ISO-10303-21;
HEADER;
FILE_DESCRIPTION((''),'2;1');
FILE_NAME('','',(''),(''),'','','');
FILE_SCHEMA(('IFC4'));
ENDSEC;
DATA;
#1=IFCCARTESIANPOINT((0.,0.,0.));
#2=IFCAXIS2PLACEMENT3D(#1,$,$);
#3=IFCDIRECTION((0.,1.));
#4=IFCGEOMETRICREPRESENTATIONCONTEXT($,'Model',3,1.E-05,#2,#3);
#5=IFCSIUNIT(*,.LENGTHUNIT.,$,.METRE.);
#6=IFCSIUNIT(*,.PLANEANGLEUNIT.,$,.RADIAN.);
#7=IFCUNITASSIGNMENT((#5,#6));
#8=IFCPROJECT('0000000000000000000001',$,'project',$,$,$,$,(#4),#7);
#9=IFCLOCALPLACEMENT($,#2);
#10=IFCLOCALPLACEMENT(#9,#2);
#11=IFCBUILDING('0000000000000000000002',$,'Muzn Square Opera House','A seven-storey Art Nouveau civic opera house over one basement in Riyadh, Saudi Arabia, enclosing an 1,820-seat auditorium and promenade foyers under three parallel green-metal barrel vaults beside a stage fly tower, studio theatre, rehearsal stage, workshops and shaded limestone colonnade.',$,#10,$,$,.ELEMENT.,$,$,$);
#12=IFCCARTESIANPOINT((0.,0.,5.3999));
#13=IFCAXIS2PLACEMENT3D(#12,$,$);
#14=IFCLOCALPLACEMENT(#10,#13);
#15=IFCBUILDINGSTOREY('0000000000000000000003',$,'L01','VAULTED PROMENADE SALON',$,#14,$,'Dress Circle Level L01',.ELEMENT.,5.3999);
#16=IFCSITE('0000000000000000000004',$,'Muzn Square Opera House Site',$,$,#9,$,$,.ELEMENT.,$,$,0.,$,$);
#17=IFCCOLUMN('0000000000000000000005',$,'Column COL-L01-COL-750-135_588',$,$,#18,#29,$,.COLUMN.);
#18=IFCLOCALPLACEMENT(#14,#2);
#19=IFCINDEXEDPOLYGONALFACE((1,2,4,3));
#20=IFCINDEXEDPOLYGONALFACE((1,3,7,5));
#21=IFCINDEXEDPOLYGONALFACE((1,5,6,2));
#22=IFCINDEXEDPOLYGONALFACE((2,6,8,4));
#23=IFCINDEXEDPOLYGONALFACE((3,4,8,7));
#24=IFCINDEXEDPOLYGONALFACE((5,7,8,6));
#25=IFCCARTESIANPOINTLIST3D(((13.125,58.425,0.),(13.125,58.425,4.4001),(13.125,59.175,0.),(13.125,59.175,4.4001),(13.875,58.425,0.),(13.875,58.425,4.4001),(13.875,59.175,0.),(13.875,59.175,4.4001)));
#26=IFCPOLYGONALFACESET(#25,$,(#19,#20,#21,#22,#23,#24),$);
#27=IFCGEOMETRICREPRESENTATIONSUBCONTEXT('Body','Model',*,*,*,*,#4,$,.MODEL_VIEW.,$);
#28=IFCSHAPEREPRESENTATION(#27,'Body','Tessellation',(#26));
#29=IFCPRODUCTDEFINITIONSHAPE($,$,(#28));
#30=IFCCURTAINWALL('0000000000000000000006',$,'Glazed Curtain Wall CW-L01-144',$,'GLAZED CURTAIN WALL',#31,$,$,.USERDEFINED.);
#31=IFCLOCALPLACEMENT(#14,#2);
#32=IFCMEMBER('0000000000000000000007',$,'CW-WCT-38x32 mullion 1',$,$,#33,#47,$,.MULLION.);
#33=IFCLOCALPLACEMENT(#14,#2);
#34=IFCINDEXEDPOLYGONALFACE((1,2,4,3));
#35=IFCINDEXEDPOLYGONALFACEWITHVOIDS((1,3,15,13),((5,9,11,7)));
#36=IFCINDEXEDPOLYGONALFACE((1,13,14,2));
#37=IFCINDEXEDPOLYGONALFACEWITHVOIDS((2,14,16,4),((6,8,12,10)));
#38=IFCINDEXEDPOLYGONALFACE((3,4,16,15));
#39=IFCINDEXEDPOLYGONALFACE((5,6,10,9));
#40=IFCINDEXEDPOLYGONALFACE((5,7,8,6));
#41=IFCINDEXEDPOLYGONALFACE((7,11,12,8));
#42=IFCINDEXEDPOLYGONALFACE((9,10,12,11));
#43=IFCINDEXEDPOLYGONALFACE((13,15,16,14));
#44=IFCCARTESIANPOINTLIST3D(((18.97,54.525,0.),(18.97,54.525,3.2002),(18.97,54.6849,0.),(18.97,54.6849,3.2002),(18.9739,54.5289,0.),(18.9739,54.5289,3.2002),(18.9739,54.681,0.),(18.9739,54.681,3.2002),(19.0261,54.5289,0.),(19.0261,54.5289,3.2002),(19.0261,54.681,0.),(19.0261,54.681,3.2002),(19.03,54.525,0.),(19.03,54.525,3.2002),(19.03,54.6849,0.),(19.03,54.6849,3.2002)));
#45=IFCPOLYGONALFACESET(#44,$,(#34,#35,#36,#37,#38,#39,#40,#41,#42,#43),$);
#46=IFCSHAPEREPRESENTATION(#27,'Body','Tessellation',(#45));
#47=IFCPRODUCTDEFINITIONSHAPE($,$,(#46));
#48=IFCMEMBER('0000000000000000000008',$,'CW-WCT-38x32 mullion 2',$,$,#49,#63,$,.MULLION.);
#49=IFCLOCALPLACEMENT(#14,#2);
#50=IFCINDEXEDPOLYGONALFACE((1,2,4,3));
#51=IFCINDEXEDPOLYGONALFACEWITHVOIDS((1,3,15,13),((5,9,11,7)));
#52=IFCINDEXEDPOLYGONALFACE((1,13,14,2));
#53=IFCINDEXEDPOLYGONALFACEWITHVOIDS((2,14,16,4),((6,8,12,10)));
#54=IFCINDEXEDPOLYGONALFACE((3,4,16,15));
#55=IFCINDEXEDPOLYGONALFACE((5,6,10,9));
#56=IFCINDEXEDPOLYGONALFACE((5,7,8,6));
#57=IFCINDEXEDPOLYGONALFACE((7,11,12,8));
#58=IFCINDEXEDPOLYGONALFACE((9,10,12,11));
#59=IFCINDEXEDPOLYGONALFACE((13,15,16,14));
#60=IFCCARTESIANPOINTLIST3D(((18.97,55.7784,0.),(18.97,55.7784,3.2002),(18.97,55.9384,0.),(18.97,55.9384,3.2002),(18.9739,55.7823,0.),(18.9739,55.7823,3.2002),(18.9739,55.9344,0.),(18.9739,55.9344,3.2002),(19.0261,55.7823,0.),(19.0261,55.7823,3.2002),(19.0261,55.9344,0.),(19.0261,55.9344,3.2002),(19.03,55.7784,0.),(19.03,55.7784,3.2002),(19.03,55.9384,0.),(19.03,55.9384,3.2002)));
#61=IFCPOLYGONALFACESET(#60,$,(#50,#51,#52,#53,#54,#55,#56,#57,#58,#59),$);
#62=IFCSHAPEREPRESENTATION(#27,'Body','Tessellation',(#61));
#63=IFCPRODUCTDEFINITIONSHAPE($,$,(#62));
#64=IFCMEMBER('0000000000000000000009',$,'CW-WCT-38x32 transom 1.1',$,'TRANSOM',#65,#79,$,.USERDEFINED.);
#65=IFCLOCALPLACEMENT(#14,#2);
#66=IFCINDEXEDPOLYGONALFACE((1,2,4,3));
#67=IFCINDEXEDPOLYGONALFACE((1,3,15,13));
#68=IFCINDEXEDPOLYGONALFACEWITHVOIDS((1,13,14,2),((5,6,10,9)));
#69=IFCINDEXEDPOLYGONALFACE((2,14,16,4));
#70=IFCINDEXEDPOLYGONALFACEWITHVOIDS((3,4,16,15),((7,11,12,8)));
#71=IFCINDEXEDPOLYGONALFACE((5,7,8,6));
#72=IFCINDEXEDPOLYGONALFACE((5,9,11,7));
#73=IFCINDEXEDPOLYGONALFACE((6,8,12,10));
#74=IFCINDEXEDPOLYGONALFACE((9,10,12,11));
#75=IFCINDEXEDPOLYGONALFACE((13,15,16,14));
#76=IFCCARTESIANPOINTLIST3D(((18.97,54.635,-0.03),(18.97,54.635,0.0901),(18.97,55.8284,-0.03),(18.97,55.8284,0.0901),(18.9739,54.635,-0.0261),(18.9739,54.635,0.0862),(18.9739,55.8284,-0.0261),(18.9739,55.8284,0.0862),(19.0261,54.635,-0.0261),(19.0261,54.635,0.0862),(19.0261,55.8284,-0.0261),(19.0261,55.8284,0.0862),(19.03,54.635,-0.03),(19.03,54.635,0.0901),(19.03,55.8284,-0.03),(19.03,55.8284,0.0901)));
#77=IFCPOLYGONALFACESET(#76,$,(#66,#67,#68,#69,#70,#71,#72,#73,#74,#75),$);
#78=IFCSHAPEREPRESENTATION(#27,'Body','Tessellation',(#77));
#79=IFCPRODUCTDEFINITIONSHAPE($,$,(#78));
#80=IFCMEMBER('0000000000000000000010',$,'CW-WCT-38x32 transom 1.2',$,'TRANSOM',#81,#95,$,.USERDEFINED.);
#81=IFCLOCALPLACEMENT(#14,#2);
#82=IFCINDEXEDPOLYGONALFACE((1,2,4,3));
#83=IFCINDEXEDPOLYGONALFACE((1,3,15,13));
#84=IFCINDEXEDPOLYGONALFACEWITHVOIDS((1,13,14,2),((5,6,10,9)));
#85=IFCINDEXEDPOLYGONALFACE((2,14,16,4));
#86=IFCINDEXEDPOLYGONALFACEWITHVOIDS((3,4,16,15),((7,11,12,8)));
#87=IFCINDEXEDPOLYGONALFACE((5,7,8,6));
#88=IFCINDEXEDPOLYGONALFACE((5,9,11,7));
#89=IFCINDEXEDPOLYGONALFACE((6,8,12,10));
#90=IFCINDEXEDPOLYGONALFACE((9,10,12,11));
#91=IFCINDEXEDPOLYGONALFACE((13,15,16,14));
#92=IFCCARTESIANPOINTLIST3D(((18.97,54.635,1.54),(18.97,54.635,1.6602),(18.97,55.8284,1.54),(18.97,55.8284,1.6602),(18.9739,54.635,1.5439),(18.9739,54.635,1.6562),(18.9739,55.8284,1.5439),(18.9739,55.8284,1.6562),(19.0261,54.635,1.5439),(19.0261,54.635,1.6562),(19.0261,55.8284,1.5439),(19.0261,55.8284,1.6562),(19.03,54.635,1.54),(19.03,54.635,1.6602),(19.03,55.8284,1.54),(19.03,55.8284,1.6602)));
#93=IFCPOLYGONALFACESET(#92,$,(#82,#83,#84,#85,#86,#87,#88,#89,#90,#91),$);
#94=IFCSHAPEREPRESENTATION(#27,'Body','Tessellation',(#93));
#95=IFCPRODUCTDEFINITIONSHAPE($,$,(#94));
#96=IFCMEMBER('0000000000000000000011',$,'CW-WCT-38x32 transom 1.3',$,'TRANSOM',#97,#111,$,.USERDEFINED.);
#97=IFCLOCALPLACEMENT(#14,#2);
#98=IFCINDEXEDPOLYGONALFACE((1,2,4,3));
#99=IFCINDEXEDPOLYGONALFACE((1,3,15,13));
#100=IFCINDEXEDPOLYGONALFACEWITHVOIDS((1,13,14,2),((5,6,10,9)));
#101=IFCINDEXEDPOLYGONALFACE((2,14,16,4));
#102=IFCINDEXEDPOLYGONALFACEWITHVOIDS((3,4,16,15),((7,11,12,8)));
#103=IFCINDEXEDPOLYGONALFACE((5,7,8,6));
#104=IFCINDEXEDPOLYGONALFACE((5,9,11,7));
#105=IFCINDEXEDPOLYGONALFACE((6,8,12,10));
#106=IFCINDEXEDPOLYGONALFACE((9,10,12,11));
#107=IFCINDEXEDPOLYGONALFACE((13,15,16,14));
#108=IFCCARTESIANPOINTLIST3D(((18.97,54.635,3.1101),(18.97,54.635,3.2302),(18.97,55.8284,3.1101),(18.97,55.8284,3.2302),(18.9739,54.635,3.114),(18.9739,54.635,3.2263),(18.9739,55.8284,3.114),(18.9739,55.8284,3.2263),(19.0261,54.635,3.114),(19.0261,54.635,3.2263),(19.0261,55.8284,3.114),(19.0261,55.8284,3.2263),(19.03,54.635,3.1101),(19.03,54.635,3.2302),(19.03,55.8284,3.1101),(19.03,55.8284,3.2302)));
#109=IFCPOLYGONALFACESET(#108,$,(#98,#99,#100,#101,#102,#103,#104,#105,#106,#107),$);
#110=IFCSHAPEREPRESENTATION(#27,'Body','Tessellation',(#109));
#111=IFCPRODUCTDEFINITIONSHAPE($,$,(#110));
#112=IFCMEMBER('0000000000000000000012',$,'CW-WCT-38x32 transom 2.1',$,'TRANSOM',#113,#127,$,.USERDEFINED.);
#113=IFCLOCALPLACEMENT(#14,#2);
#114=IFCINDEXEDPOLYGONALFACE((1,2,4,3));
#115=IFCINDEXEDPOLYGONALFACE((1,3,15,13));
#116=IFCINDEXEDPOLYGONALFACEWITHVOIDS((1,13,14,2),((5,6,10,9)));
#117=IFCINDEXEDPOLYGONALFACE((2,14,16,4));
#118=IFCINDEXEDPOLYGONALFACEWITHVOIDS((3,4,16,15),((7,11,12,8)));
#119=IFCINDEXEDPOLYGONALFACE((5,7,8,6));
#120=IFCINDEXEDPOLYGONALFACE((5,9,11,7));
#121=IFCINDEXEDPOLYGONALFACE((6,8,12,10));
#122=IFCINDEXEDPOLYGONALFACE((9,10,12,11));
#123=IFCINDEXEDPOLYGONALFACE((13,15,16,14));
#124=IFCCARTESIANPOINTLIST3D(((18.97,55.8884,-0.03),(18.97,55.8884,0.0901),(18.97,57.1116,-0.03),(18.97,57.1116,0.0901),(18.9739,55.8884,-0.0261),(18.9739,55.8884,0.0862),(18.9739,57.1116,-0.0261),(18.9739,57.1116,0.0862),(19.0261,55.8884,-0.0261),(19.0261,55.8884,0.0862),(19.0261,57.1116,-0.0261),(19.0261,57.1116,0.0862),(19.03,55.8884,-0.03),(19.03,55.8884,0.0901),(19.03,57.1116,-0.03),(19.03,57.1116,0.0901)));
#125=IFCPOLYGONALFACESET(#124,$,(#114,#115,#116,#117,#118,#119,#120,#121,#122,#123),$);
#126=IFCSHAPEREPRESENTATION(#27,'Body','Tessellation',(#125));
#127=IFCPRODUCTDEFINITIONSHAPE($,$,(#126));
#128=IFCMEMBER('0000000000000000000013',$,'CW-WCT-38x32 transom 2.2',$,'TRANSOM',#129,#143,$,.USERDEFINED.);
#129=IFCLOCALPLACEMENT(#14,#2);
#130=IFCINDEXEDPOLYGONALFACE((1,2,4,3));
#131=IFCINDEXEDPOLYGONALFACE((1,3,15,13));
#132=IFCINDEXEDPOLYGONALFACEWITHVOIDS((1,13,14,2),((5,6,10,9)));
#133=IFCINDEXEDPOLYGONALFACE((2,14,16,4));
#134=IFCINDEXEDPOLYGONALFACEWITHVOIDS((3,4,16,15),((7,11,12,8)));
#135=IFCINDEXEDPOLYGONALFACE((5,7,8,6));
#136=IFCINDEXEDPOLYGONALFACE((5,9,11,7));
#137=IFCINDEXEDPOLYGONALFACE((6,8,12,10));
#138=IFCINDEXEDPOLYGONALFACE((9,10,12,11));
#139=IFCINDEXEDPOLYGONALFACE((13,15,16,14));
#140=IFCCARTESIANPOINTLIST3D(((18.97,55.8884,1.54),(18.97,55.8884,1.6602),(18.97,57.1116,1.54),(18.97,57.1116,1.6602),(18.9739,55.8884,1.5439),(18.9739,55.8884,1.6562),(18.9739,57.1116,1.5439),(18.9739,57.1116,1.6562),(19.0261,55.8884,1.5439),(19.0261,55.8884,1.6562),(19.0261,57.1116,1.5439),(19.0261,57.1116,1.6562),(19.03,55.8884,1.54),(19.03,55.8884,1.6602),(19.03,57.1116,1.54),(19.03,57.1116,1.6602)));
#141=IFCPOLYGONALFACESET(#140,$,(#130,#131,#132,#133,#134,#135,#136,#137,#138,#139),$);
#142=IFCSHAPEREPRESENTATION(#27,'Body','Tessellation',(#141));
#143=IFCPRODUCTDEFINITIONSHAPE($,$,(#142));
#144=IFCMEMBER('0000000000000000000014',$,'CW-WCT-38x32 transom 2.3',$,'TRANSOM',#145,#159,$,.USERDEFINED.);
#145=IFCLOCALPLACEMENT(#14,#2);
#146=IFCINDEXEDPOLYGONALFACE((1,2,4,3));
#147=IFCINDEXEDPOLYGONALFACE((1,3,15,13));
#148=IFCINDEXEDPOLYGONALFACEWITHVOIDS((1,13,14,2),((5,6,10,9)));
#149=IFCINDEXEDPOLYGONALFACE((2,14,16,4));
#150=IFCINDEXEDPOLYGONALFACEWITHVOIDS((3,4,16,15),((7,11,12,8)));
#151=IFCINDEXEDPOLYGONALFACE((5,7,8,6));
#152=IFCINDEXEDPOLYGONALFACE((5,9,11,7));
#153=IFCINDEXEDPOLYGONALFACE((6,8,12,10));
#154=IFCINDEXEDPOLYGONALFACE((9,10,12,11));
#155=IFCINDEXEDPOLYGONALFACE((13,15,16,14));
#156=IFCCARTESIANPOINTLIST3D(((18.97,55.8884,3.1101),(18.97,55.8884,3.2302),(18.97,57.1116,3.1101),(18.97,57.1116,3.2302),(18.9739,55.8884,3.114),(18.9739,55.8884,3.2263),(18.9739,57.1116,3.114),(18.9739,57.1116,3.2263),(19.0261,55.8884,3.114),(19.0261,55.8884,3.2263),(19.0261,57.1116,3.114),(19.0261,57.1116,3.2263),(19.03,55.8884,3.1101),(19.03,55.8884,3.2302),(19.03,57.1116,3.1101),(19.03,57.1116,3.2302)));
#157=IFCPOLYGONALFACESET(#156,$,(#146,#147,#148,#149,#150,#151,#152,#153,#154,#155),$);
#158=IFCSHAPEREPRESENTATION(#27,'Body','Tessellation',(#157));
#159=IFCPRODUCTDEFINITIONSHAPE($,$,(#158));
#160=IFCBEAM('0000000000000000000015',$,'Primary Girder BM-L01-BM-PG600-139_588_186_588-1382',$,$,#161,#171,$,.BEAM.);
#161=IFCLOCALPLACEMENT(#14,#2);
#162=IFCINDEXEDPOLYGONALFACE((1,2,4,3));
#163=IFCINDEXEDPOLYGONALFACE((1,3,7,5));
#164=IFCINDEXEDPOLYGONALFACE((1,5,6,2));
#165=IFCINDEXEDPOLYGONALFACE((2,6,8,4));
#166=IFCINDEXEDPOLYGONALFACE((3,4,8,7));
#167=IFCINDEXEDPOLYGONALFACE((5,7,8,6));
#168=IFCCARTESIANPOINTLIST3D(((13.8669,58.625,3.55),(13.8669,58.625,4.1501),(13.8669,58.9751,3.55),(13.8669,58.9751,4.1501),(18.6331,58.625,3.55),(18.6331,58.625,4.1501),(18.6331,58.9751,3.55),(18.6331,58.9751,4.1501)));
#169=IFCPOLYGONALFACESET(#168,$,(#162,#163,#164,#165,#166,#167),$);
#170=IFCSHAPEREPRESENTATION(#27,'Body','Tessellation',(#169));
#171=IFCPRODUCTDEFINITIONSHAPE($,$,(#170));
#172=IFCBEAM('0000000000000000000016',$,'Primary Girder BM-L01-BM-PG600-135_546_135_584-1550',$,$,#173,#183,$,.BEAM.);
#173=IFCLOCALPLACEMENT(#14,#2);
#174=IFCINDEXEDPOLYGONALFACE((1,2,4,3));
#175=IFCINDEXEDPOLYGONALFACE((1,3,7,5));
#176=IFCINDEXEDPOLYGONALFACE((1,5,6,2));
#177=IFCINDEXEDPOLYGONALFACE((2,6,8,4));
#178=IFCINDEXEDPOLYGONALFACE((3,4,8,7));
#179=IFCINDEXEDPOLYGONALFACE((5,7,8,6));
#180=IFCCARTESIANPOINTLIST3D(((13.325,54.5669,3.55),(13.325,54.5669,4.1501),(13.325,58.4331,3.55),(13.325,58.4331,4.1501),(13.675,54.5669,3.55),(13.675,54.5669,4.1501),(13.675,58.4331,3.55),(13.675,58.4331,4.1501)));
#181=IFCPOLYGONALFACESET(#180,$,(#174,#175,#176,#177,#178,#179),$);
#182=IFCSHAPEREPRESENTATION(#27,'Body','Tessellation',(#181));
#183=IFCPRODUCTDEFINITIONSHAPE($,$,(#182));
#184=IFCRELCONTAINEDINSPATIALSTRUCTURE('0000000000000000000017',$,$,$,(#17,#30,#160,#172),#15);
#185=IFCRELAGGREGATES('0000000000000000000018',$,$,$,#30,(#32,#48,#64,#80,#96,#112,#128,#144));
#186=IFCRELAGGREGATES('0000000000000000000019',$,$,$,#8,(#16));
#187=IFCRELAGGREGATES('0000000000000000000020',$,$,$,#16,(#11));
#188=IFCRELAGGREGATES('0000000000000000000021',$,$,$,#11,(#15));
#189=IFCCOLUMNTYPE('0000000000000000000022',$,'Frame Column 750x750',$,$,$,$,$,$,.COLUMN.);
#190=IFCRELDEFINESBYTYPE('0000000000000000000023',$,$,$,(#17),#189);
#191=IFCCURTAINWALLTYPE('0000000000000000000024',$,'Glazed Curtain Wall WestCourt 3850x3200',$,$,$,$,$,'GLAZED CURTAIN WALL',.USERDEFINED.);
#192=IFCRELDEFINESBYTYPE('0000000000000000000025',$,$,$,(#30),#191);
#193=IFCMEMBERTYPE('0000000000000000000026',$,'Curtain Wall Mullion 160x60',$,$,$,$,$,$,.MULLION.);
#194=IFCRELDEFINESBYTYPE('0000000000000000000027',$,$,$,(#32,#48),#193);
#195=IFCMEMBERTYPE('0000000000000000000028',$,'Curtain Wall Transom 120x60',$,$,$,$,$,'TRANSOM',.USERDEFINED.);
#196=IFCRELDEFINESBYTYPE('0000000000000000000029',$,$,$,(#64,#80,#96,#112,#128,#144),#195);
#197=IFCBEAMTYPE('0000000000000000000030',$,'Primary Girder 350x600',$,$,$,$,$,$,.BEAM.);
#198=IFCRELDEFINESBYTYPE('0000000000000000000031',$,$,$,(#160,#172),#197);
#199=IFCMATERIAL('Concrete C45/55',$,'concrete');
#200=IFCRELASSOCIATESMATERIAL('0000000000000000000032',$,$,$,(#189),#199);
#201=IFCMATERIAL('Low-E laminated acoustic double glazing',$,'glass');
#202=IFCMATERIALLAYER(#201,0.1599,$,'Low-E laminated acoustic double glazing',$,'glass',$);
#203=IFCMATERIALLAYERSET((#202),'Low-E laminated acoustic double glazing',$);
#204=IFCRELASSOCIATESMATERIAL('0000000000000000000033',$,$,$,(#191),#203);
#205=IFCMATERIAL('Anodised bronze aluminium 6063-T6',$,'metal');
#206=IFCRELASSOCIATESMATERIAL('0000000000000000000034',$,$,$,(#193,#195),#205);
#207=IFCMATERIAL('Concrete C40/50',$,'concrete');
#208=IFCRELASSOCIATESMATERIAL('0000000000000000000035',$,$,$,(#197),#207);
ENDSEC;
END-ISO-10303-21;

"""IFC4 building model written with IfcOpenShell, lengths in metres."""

from ifc_helpers import new_model, si_unit, direction, frame, origin, origin_2d, place, context, subcontext, project, spatial, rectangle, hollow_rectangle, extrude, material, layer, layer_set, material_profile, profile_set, type_object, element, aggregate, save


model = new_model("IFC4")

# Units and contexts
model_context = context("Model", 3, precision=1e-05, world=origin(), true_north=direction((0.0, 1.0)))
body_context = subcontext(model_context, "Body", "Model", "MODEL_VIEW")
ifc_project = project(units=[si_unit("LENGTHUNIT", "METRE"), si_unit("PLANEANGLEUNIT", "RADIAN")], contexts=[model_context])

# Site, building, storey
site_placement = place(None, origin())
site = spatial("IfcSite", under=ifc_project, at=site_placement, Name="Muzn Square Opera House Site", CompositionType="ELEMENT", RefElevation=0.0)
building_placement = place(site_placement, origin())
building = spatial("IfcBuilding", under=site, at=building_placement, Name="Muzn Square Opera House", Description="A seven-storey Art Nouveau civic opera house over one basement in Riyadh, Saudi Arabia, enclosing an 1,820-seat auditorium and promenade foyers under three parallel green-metal barrel vaults beside a stage fly tower, studio theatre, rehearsal stage, workshops and shaded limestone colonnade.", CompositionType="ELEMENT")
storey_placement = place(building_placement, frame((0.0, 0.0, 5.3999)))
storey = spatial("IfcBuildingStorey", under=building, at=storey_placement, Name="L01", Description="VAULTED PROMENADE SALON", LongName="Dress Circle Level L01", CompositionType="ELEMENT", Elevation=5.3999)

# Column
ifc_material_1 = material(Name="Concrete C45/55", Category="concrete")
ifc_material_profile_1 = material_profile(ifc_material_1, rectangle(XDim=0.75, YDim=0.75, at=origin_2d()), Name="RC 750x750", Category="concrete")
ifc_profile_set_1 = profile_set([ifc_material_profile_1], Name="Concrete C45/55")
column_type = type_object("IfcColumnType", Name="Frame Column 750x750", PredefinedType="COLUMN", material=ifc_profile_set_1)
column_placement = place(storey_placement, frame((13.5, 58.8, 0.0), z_axis=(0.0, 0.0, 1.0), x_axis=(1.0, 0.0, 0.0)))
element("IfcColumn", 1, at=column_placement, inside=storey, type_object=column_type, Name="Column COL-L01-COL-750-135_588", PredefinedType="COLUMN", context=body_context, shape_type="SweptSolid", body=[
    extrude(rectangle(XDim=0.75, YDim=0.75, at=origin_2d()), origin(), (0.0, 0.0, 1.0), 4.4001),
])

# Curtain wall, members
ifc_material_2 = material(Name="Low-E laminated acoustic double glazing", Category="glass")
ifc_layer_1 = layer(ifc_material_2, 0.1599, Name="Low-E laminated acoustic double glazing", Category="glass")
ifc_layer_set_1 = layer_set([ifc_layer_1], Name="Low-E laminated acoustic double glazing")
curtain_wall_type = type_object("IfcCurtainWallType", Name="Glazed Curtain Wall WestCourt 3850x3200", ElementType="GLAZED CURTAIN WALL", PredefinedType="USERDEFINED", material=ifc_layer_set_1)
curtain_wall_placement = place(storey_placement, origin())
curtain_wall = element("IfcCurtainWall", 2, at=curtain_wall_placement, inside=storey, type_object=curtain_wall_type, Name="Glazed Curtain Wall CW-L01-144", ObjectType="GLAZED CURTAIN WALL", PredefinedType="USERDEFINED")
ifc_material_3 = material(Name="Anodised bronze aluminium 6063-T6", Category="metal")
ifc_material_profile_2 = material_profile(ifc_material_3, hollow_rectangle(XDim=0.0601, YDim=0.1599, WallThickness=0.0039, at=origin_2d()), Name="ALU 160x60x4", Category="metal")
ifc_profile_set_2 = profile_set([ifc_material_profile_2], Name="Anodised bronze aluminium 6063-T6")
member_type_1 = type_object("IfcMemberType", Name="Curtain Wall Mullion 160x60", PredefinedType="MULLION", material=ifc_profile_set_2)
member_1_placement = place(storey_placement, frame((19.0, 54.605, 0.0), z_axis=(0.0, 0.0, 1.0), x_axis=(-1.0, 0.0, 0.0)))
member_1 = element("IfcMember", 3, at=member_1_placement, type_object=member_type_1, Name="CW-WCT-38x32 mullion 1", PredefinedType="MULLION", context=body_context, shape_type="SweptSolid", body=[
    extrude(hollow_rectangle(XDim=0.0601, YDim=0.1599, WallThickness=0.0039, at=origin_2d()), origin(), (0.0, 0.0, 1.0), 3.2002),
])
member_2_placement = place(storey_placement, frame((19.0, 55.8584, 0.0), z_axis=(0.0, 0.0, 1.0), x_axis=(-1.0, 0.0, 0.0)))
member_2 = element("IfcMember", 4, at=member_2_placement, type_object=member_type_1, Name="CW-WCT-38x32 mullion 2", PredefinedType="MULLION", context=body_context, shape_type="SweptSolid", body=[
    extrude(hollow_rectangle(XDim=0.0601, YDim=0.1599, WallThickness=0.0039, at=origin_2d()), origin(), (0.0, 0.0, 1.0), 3.2002),
])
ifc_material_profile_3 = material_profile(ifc_material_3, hollow_rectangle(XDim=0.0601, YDim=0.1201, WallThickness=0.0039, at=origin_2d()), Name="ALU 120x60x4", Category="metal")
ifc_profile_set_3 = profile_set([ifc_material_profile_3], Name="Anodised bronze aluminium 6063-T6")
member_type_2 = type_object("IfcMemberType", Name="Curtain Wall Transom 120x60", ElementType="TRANSOM", PredefinedType="USERDEFINED", material=ifc_profile_set_3)
member_3_placement = place(storey_placement, frame((19.0, 54.635, 0.03), z_axis=(0.0, 1.0, 0.0), x_axis=(-1.0, 0.0, 0.0)))
member_3 = element("IfcMember", 5, at=member_3_placement, type_object=member_type_2, Name="CW-WCT-38x32 transom 1.1", ObjectType="TRANSOM", PredefinedType="USERDEFINED", context=body_context, shape_type="SweptSolid", body=[
    extrude(hollow_rectangle(XDim=0.0601, YDim=0.1201, WallThickness=0.0039, at=origin_2d()), origin(), (0.0, 0.0, 1.0), 1.1934),
])
member_4_placement = place(storey_placement, frame((19.0, 54.635, 1.6001), z_axis=(0.0, 1.0, 0.0), x_axis=(-1.0, 0.0, 0.0)))
member_4 = element("IfcMember", 6, at=member_4_placement, type_object=member_type_2, Name="CW-WCT-38x32 transom 1.2", ObjectType="TRANSOM", PredefinedType="USERDEFINED", context=body_context, shape_type="SweptSolid", body=[
    extrude(hollow_rectangle(XDim=0.0601, YDim=0.1201, WallThickness=0.0039, at=origin_2d()), origin(), (0.0, 0.0, 1.0), 1.1934),
])
member_5_placement = place(storey_placement, frame((19.0, 54.635, 3.1702), z_axis=(0.0, 1.0, 0.0), x_axis=(-1.0, 0.0, 0.0)))
member_5 = element("IfcMember", 7, at=member_5_placement, type_object=member_type_2, Name="CW-WCT-38x32 transom 1.3", ObjectType="TRANSOM", PredefinedType="USERDEFINED", context=body_context, shape_type="SweptSolid", body=[
    extrude(hollow_rectangle(XDim=0.0601, YDim=0.1201, WallThickness=0.0039, at=origin_2d()), origin(), (0.0, 0.0, 1.0), 1.1934),
])
member_6_placement = place(storey_placement, frame((19.0, 55.8884, 0.03), z_axis=(0.0, 1.0, 0.0), x_axis=(-1.0, 0.0, 0.0)))
member_6 = element("IfcMember", 8, at=member_6_placement, type_object=member_type_2, Name="CW-WCT-38x32 transom 2.1", ObjectType="TRANSOM", PredefinedType="USERDEFINED", context=body_context, shape_type="SweptSolid", body=[
    extrude(hollow_rectangle(XDim=0.0601, YDim=0.1201, WallThickness=0.0039, at=origin_2d()), origin(), (0.0, 0.0, 1.0), 1.2231),
])
member_7_placement = place(storey_placement, frame((19.0, 55.8884, 1.6001), z_axis=(0.0, 1.0, 0.0), x_axis=(-1.0, 0.0, 0.0)))
member_7 = element("IfcMember", 9, at=member_7_placement, type_object=member_type_2, Name="CW-WCT-38x32 transom 2.2", ObjectType="TRANSOM", PredefinedType="USERDEFINED", context=body_context, shape_type="SweptSolid", body=[
    extrude(hollow_rectangle(XDim=0.0601, YDim=0.1201, WallThickness=0.0039, at=origin_2d()), origin(), (0.0, 0.0, 1.0), 1.2231),
])
member_8_placement = place(storey_placement, frame((19.0, 55.8884, 3.1702), z_axis=(0.0, 1.0, 0.0), x_axis=(-1.0, 0.0, 0.0)))
member_8 = element("IfcMember", 10, at=member_8_placement, type_object=member_type_2, Name="CW-WCT-38x32 transom 2.3", ObjectType="TRANSOM", PredefinedType="USERDEFINED", context=body_context, shape_type="SweptSolid", body=[
    extrude(hollow_rectangle(XDim=0.0601, YDim=0.1201, WallThickness=0.0039, at=origin_2d()), origin(), (0.0, 0.0, 1.0), 1.2231),
])

# Beams
ifc_material_4 = material(Name="Concrete C40/50", Category="concrete")
ifc_material_profile_4 = material_profile(ifc_material_4, rectangle(XDim=0.3501, YDim=0.6001, at=origin_2d()), Name="RCB 350x600", Category="concrete")
ifc_profile_set_4 = profile_set([ifc_material_profile_4], Name="Concrete C40/50")
beam_type_1 = type_object("IfcBeamType", Name="Primary Girder 350x600", PredefinedType="BEAM", material=ifc_profile_set_4)
beam_1_placement = place(storey_placement, frame((13.8669, 58.8, 3.8501), z_axis=(1.0, 0.0, 0.0), x_axis=(0.0, 1.0, 0.0)))
element("IfcBeam", 11, at=beam_1_placement, inside=storey, type_object=beam_type_1, Name="Primary Girder BM-L01-BM-PG600-139_588_186_588-1382", PredefinedType="BEAM", context=body_context, shape_type="SweptSolid", body=[
    extrude(rectangle(XDim=0.3501, YDim=0.6001, at=origin_2d()), origin(), (0.0, 0.0, 1.0), 4.7661),
])
beam_2_placement = place(storey_placement, frame((13.5, 54.5669, 3.8501), z_axis=(0.0, 1.0, 0.0), x_axis=(-1.0, 0.0, 0.0)))
element("IfcBeam", 12, at=beam_2_placement, inside=storey, type_object=beam_type_1, Name="Primary Girder BM-L01-BM-PG600-135_546_135_584-1550", PredefinedType="BEAM", context=body_context, shape_type="SweptSolid", body=[
    extrude(rectangle(XDim=0.3501, YDim=0.6001, at=origin_2d()), origin(), (0.0, 0.0, 1.0), 3.8662),
])

aggregate(curtain_wall, [member_1, member_2, member_3, member_4, member_5, member_6, member_7, member_8])

save(model, "model.ifc")
